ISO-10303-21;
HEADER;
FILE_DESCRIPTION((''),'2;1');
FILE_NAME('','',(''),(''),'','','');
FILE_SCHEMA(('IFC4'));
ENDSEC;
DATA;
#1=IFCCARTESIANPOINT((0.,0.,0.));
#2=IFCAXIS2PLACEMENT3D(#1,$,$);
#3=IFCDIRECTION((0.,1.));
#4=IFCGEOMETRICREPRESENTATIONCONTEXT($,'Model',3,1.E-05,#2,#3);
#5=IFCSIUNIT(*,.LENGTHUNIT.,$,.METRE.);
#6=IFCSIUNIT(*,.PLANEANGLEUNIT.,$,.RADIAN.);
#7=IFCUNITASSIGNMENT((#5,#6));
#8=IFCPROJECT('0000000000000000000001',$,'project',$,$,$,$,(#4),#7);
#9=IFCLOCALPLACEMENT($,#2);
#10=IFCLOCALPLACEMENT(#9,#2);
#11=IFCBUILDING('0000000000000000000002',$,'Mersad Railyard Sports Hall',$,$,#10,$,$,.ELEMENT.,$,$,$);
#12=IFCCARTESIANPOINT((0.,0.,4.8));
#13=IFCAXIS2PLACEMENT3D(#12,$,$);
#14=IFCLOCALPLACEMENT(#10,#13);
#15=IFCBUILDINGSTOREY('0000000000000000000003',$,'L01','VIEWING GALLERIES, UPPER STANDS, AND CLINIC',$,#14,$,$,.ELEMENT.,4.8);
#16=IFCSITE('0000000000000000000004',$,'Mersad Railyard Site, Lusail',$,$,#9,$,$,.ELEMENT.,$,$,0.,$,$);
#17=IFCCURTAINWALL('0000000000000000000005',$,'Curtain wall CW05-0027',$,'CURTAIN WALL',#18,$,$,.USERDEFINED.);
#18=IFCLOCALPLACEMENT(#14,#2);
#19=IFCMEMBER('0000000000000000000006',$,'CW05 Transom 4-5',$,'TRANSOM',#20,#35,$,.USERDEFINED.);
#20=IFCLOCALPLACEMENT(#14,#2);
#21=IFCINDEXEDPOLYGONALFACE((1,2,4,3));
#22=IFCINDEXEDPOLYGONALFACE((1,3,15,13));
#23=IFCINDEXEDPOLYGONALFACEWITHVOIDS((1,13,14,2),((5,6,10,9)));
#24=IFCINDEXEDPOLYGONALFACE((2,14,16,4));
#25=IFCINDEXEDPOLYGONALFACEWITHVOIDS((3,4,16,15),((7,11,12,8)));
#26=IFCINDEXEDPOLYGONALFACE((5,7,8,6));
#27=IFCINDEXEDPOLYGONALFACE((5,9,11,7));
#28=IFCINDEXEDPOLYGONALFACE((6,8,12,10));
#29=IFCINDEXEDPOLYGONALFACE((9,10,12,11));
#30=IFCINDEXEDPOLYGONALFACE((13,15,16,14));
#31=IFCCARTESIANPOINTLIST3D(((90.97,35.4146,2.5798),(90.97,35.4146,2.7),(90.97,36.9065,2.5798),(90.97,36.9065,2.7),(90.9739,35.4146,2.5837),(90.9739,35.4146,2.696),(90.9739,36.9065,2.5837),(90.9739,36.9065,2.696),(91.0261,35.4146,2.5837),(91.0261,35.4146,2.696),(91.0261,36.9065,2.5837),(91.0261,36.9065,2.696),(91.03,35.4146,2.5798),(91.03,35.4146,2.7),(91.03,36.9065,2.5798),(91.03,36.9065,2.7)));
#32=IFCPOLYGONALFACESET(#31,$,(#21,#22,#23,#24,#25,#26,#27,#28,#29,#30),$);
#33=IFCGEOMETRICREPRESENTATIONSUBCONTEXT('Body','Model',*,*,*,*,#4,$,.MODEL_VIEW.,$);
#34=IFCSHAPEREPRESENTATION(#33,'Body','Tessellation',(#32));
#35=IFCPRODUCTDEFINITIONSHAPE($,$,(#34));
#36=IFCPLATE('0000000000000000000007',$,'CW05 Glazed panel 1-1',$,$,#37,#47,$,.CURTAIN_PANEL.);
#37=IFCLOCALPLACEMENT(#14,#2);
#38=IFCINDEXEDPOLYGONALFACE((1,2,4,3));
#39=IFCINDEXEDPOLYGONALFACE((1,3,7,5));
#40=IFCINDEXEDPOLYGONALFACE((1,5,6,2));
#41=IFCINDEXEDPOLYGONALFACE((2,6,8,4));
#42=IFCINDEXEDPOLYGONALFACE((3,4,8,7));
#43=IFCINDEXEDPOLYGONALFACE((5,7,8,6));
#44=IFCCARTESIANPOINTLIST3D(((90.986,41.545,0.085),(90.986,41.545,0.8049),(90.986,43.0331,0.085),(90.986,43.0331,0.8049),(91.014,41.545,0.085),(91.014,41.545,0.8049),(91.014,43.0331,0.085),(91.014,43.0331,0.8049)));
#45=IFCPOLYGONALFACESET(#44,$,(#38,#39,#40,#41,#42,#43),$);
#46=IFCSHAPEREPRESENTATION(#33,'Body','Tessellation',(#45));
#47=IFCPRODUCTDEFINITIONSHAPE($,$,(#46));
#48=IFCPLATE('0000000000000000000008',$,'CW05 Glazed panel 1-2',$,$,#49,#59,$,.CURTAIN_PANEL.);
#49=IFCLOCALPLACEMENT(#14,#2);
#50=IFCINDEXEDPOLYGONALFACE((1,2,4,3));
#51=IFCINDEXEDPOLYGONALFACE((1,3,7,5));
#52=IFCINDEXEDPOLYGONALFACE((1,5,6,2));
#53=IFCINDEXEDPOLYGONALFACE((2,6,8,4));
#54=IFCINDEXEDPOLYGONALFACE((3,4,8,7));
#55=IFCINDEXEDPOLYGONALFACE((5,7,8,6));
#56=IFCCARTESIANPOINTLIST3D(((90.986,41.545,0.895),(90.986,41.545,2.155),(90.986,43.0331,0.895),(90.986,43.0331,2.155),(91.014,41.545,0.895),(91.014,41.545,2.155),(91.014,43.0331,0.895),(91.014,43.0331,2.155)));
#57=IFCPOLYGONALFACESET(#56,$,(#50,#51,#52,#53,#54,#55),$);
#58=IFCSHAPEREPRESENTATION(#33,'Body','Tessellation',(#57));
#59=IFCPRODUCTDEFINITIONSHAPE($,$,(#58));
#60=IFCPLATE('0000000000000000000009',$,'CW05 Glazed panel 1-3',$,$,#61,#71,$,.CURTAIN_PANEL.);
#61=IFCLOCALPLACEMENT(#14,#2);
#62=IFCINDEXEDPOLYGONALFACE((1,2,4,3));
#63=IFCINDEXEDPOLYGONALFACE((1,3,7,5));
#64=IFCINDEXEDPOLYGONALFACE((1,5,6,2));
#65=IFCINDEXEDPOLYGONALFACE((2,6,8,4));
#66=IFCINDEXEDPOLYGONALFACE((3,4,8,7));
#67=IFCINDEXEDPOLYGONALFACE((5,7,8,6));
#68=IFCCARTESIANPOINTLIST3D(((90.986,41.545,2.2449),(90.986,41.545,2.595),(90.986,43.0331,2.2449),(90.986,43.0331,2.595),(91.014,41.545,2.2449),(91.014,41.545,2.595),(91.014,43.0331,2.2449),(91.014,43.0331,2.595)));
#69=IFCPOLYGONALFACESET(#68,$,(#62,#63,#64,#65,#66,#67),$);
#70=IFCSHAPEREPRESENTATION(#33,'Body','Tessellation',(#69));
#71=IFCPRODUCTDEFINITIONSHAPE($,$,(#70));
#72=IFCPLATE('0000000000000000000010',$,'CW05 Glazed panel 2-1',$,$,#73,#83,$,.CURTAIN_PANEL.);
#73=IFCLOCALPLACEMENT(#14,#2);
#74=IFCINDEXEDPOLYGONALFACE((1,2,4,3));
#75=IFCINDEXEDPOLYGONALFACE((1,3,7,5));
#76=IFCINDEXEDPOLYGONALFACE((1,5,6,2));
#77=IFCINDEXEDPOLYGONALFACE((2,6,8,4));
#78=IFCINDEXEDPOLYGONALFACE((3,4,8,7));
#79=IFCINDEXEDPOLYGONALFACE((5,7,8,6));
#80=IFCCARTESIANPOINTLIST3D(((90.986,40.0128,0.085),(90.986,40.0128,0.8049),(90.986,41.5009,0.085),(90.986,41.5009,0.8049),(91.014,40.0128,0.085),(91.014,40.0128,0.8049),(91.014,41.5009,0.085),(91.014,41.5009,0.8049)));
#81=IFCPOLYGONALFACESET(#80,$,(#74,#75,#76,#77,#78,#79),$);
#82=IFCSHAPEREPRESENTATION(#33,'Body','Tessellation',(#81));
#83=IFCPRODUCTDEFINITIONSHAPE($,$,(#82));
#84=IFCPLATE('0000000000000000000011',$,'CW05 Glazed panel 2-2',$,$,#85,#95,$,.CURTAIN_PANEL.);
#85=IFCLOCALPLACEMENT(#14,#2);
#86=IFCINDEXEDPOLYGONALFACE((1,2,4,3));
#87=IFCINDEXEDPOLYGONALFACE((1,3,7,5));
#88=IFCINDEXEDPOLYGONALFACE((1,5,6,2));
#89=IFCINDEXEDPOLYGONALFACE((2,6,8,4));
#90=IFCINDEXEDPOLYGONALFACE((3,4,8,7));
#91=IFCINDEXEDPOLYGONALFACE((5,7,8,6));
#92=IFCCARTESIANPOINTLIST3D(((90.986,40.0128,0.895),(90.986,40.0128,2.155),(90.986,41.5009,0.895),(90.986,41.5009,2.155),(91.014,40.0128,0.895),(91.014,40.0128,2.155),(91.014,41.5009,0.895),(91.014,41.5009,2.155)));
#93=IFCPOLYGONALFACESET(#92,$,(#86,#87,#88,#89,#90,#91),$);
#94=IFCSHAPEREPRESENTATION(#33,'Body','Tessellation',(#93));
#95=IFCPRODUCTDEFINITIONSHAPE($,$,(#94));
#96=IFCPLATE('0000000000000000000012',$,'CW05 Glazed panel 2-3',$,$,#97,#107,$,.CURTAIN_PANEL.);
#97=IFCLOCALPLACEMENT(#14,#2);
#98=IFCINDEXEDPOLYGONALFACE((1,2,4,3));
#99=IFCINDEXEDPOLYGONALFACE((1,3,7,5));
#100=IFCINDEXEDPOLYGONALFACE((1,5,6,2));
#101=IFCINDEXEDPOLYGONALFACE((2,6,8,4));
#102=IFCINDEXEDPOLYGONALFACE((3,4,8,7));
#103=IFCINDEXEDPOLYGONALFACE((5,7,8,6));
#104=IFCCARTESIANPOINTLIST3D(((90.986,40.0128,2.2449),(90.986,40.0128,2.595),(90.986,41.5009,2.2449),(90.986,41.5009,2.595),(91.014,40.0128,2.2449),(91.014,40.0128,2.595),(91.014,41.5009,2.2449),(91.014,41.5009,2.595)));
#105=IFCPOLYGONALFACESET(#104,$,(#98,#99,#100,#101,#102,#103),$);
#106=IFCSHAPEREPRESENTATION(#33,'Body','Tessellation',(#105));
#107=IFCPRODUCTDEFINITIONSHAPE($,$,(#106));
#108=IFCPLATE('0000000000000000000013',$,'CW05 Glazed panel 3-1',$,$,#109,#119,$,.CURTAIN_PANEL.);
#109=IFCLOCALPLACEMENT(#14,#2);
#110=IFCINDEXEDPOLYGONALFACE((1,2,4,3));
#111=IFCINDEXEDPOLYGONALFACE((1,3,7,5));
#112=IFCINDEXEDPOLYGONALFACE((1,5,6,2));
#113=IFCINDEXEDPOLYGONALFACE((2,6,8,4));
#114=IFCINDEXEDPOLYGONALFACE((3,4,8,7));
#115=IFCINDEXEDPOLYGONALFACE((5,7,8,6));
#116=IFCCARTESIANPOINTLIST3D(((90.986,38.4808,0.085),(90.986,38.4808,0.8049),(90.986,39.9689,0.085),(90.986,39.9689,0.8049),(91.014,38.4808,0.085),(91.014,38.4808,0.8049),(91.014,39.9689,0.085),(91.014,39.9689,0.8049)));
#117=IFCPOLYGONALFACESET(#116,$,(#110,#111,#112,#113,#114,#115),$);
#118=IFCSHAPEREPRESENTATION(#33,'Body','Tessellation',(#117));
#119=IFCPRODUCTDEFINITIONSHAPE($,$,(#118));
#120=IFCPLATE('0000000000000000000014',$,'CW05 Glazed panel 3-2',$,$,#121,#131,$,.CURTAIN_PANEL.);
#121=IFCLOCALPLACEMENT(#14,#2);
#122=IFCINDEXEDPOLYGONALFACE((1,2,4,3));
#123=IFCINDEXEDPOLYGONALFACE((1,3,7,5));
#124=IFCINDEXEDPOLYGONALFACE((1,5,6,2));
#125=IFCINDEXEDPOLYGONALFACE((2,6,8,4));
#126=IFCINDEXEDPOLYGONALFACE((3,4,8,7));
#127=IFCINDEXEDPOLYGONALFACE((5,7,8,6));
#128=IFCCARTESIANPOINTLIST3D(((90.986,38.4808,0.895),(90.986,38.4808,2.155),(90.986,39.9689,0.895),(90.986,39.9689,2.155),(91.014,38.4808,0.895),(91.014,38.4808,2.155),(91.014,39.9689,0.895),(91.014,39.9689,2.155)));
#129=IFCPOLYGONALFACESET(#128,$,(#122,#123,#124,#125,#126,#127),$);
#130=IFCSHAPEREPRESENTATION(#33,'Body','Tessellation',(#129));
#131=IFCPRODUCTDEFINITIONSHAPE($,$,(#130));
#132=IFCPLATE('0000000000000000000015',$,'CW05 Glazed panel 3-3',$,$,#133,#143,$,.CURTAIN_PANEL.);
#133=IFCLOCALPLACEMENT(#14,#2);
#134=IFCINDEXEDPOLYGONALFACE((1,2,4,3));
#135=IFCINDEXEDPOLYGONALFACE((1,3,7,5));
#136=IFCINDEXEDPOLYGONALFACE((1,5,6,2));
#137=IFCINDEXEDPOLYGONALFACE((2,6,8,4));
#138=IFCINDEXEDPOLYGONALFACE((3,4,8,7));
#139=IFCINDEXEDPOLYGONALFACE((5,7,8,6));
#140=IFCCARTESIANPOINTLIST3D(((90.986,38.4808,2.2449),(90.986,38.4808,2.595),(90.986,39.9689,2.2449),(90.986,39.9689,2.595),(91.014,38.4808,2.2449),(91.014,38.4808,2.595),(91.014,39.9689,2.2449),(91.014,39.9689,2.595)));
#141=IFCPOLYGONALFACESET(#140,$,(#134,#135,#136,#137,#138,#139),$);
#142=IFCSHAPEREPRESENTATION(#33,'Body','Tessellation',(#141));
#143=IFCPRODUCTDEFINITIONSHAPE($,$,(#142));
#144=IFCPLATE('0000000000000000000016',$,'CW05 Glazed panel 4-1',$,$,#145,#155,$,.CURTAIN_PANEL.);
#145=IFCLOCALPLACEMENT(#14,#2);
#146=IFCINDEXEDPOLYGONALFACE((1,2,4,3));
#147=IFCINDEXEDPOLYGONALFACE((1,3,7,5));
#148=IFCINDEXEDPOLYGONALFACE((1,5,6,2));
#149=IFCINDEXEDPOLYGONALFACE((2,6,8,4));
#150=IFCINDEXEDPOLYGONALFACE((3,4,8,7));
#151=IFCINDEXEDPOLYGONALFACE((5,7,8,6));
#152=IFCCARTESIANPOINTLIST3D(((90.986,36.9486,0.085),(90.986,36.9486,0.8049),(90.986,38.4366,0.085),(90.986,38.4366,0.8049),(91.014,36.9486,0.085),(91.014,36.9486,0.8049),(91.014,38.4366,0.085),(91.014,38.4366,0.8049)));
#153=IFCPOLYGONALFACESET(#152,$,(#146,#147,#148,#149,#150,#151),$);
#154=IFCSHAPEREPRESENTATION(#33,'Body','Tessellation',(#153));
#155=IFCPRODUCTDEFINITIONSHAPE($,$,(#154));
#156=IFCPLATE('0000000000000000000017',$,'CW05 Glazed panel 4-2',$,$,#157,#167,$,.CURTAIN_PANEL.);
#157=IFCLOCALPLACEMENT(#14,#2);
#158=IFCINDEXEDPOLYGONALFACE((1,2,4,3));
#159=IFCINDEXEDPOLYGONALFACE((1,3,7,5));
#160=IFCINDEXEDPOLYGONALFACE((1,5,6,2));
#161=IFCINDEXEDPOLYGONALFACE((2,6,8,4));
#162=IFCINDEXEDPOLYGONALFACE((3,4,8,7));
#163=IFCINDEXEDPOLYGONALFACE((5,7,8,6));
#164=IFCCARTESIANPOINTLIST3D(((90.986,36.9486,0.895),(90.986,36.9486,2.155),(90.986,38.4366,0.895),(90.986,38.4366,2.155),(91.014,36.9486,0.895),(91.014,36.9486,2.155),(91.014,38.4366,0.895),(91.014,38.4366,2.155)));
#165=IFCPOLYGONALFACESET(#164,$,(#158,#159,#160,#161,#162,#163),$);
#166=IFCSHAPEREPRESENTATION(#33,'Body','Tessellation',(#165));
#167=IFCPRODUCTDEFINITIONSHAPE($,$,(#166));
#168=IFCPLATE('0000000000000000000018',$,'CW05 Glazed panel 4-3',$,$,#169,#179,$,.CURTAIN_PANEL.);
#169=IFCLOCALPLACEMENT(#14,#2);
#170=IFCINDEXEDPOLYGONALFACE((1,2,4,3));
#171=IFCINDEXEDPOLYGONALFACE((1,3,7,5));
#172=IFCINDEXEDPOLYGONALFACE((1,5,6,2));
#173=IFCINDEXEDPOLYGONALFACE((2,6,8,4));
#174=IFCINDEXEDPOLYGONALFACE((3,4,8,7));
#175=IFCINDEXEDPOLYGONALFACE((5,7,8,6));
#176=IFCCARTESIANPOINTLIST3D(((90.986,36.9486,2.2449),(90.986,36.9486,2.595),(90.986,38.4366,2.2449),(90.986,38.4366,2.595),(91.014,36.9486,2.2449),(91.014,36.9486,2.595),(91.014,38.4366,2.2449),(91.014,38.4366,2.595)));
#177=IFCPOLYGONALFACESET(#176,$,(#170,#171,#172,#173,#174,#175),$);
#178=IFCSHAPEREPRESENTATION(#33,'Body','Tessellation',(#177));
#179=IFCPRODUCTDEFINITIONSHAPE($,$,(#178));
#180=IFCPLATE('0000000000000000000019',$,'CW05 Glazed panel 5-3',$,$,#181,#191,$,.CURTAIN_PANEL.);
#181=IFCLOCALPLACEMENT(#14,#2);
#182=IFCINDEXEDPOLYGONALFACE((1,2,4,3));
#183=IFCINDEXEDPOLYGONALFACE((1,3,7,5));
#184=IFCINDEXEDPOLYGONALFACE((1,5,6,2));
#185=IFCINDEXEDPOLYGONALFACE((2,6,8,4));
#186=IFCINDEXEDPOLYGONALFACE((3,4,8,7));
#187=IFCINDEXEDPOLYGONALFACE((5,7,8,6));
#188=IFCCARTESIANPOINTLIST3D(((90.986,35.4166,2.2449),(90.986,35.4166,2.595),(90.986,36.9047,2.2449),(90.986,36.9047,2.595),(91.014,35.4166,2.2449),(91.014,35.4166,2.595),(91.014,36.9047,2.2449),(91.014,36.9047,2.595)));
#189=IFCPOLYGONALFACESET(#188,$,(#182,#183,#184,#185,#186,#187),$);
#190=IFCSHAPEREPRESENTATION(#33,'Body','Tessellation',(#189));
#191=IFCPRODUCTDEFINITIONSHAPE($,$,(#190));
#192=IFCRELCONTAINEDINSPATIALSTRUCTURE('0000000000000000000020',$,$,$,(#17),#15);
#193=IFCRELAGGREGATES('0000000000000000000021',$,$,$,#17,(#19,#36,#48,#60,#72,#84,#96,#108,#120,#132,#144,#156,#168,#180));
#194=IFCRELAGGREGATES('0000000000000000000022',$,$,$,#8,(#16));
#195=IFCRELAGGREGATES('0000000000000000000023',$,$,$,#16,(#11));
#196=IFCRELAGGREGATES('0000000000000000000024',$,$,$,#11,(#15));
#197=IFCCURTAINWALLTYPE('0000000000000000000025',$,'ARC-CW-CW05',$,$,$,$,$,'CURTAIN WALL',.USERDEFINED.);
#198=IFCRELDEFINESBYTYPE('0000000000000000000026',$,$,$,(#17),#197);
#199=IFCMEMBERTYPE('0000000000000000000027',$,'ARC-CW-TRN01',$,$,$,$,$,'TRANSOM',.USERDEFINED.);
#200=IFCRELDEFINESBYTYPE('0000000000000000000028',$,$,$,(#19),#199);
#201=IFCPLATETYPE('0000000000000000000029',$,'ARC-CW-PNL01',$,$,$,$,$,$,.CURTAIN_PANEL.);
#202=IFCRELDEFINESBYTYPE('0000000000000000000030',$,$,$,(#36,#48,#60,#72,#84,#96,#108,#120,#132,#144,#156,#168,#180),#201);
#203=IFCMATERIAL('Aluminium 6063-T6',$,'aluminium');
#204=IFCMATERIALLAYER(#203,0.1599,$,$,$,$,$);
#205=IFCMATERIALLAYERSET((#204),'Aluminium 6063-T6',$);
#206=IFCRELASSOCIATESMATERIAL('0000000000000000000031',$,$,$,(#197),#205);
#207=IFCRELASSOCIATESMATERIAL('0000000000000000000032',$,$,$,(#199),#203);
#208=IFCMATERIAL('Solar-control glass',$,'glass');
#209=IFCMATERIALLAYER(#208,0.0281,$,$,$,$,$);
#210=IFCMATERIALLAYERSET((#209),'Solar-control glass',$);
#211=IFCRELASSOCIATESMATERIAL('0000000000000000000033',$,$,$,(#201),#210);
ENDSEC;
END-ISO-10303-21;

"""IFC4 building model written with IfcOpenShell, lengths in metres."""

from ifc_helpers import new_model, si_unit, direction, frame, origin, origin_2d, place, context, subcontext, project, spatial, rectangle, hollow_rectangle, extrude, material, layer, layer_set, material_profile, profile_set, type_object, element, aggregate, save


model = new_model("IFC4")

# Units and contexts
model_context = context("Model", 3, precision=1e-05, world=origin(), true_north=direction((0.0, 1.0)))
body_context = subcontext(model_context, "Body", "Model", "MODEL_VIEW")
ifc_project = project(units=[si_unit("LENGTHUNIT", "METRE"), si_unit("PLANEANGLEUNIT", "RADIAN")], contexts=[model_context])

# Site, building, storey
site_placement = place(None, origin())
site = spatial("IfcSite", under=ifc_project, at=site_placement, Name="Mersad Railyard Site, Lusail", CompositionType="ELEMENT", RefElevation=0.0)
building_placement = place(site_placement, origin())
building = spatial("IfcBuilding", under=site, at=building_placement, Name="Mersad Railyard Sports Hall", CompositionType="ELEMENT")
storey_placement = place(building_placement, frame((0.0, 0.0, 4.8)))
storey = spatial("IfcBuildingStorey", under=building, at=storey_placement, Name="L01", Description="VIEWING GALLERIES, UPPER STANDS, AND CLINIC", CompositionType="ELEMENT", Elevation=4.8)

# Curtain wall, member, plates
ifc_material_1 = material(Name="Aluminium 6063-T6", Category="aluminium")
ifc_layer_1 = layer(ifc_material_1, 0.1599)
ifc_layer_set_1 = layer_set([ifc_layer_1], Name="Aluminium 6063-T6")
curtain_wall_type = type_object("IfcCurtainWallType", Name="ARC-CW-CW05", ElementType="CURTAIN WALL", PredefinedType="USERDEFINED", material=ifc_layer_set_1)
curtain_wall_placement = place(storey_placement, origin())
curtain_wall = element("IfcCurtainWall", 1, at=curtain_wall_placement, inside=storey, type_object=curtain_wall_type, Name="Curtain wall CW05-0027", ObjectType="CURTAIN WALL", PredefinedType="USERDEFINED")
ifc_material_profile_1 = material_profile(ifc_material_1, hollow_rectangle(XDim=0.0601, YDim=0.1201, WallThickness=0.0039, at=origin_2d()), Name="AL TRANSOM 60x120x4")
ifc_profile_set_1 = profile_set([ifc_material_profile_1], Name="Aluminium 6063-T6")
member_type_1 = type_object("IfcMemberType", Name="ARC-CW-TRN01", ElementType="TRANSOM", PredefinedType="USERDEFINED", material=ifc_profile_set_1)
member_1_placement = place(storey_placement, frame((91.0, 36.9065, 2.6399), z_axis=(0.0, -1.0, 0.0), x_axis=(1.0, 0.0, 0.0)))
member_1 = element("IfcMember", 2, at=member_1_placement, type_object=member_type_1, Name="CW05 Transom 4-5", ObjectType="TRANSOM", PredefinedType="USERDEFINED", context=body_context, shape_type="SweptSolid", body=[
    extrude(hollow_rectangle(XDim=0.0601, YDim=0.1201, WallThickness=0.0039, at=origin_2d()), origin(), (0.0, 0.0, 1.0), 1.4919),
])
ifc_material_2 = material(Name="Solar-control glass", Category="glass")
ifc_layer_2 = layer(ifc_material_2, 0.0281)
ifc_layer_set_2 = layer_set([ifc_layer_2], Name="Solar-control glass")
plate_type = type_object("IfcPlateType", Name="ARC-CW-PNL01", PredefinedType="CURTAIN_PANEL", material=ifc_layer_set_2)
plate_1_placement = place(storey_placement, frame((91.0, 42.2891, 0.085), z_axis=(0.0, 0.0, 1.0), x_axis=(0.0, -1.0, 0.0)))
plate_1 = element("IfcPlate", 3, at=plate_1_placement, type_object=plate_type, Name="CW05 Glazed panel 1-1", PredefinedType="CURTAIN_PANEL", context=body_context, shape_type="SweptSolid", body=[
    extrude(rectangle(XDim=1.488, YDim=0.0281, at=origin_2d()), origin(), (0.0, 0.0, 1.0), 0.72),
])
plate_2_placement = place(storey_placement, frame((91.0, 42.2891, 0.895), z_axis=(0.0, 0.0, 1.0), x_axis=(0.0, -1.0, 0.0)))
plate_2 = element("IfcPlate", 4, at=plate_2_placement, type_object=plate_type, Name="CW05 Glazed panel 1-2", PredefinedType="CURTAIN_PANEL", context=body_context, shape_type="SweptSolid", body=[
    extrude(rectangle(XDim=1.488, YDim=0.0281, at=origin_2d()), origin(), (0.0, 0.0, 1.0), 1.26),
])
plate_3_placement = place(storey_placement, frame((91.0, 42.2891, 2.2449), z_axis=(0.0, 0.0, 1.0), x_axis=(0.0, -1.0, 0.0)))
plate_3 = element("IfcPlate", 5, at=plate_3_placement, type_object=plate_type, Name="CW05 Glazed panel 1-3", PredefinedType="CURTAIN_PANEL", context=body_context, shape_type="SweptSolid", body=[
    extrude(rectangle(XDim=1.488, YDim=0.0281, at=origin_2d()), origin(), (0.0, 0.0, 1.0), 0.3501),
])
plate_4_placement = place(storey_placement, frame((91.0, 40.7568, 0.085), z_axis=(0.0, 0.0, 1.0), x_axis=(0.0, -1.0, 0.0)))
plate_4 = element("IfcPlate", 6, at=plate_4_placement, type_object=plate_type, Name="CW05 Glazed panel 2-1", PredefinedType="CURTAIN_PANEL", context=body_context, shape_type="SweptSolid", body=[
    extrude(rectangle(XDim=1.488, YDim=0.0281, at=origin_2d()), origin(), (0.0, 0.0, 1.0), 0.72),
])
plate_5_placement = place(storey_placement, frame((91.0, 40.7568, 0.895), z_axis=(0.0, 0.0, 1.0), x_axis=(0.0, -1.0, 0.0)))
plate_5 = element("IfcPlate", 7, at=plate_5_placement, type_object=plate_type, Name="CW05 Glazed panel 2-2", PredefinedType="CURTAIN_PANEL", context=body_context, shape_type="SweptSolid", body=[
    extrude(rectangle(XDim=1.488, YDim=0.0281, at=origin_2d()), origin(), (0.0, 0.0, 1.0), 1.26),
])
plate_6_placement = place(storey_placement, frame((91.0, 40.7568, 2.2449), z_axis=(0.0, 0.0, 1.0), x_axis=(0.0, -1.0, 0.0)))
plate_6 = element("IfcPlate", 8, at=plate_6_placement, type_object=plate_type, Name="CW05 Glazed panel 2-3", PredefinedType="CURTAIN_PANEL", context=body_context, shape_type="SweptSolid", body=[
    extrude(rectangle(XDim=1.488, YDim=0.0281, at=origin_2d()), origin(), (0.0, 0.0, 1.0), 0.3501),
])
plate_7_placement = place(storey_placement, frame((91.0, 39.2249, 0.085), z_axis=(0.0, 0.0, 1.0), x_axis=(0.0, -1.0, 0.0)))
plate_7 = element("IfcPlate", 9, at=plate_7_placement, type_object=plate_type, Name="CW05 Glazed panel 3-1", PredefinedType="CURTAIN_PANEL", context=body_context, shape_type="SweptSolid", body=[
    extrude(rectangle(XDim=1.488, YDim=0.0281, at=origin_2d()), origin(), (0.0, 0.0, 1.0), 0.72),
])
plate_8_placement = place(storey_placement, frame((91.0, 39.2249, 0.895), z_axis=(0.0, 0.0, 1.0), x_axis=(0.0, -1.0, 0.0)))
plate_8 = element("IfcPlate", 10, at=plate_8_placement, type_object=plate_type, Name="CW05 Glazed panel 3-2", PredefinedType="CURTAIN_PANEL", context=body_context, shape_type="SweptSolid", body=[
    extrude(rectangle(XDim=1.488, YDim=0.0281, at=origin_2d()), origin(), (0.0, 0.0, 1.0), 1.26),
])
plate_9_placement = place(storey_placement, frame((91.0, 39.2249, 2.2449), z_axis=(0.0, 0.0, 1.0), x_axis=(0.0, -1.0, 0.0)))
plate_9 = element("IfcPlate", 11, at=plate_9_placement, type_object=plate_type, Name="CW05 Glazed panel 3-3", PredefinedType="CURTAIN_PANEL", context=body_context, shape_type="SweptSolid", body=[
    extrude(rectangle(XDim=1.488, YDim=0.0281, at=origin_2d()), origin(), (0.0, 0.0, 1.0), 0.3501),
])
plate_10_placement = place(storey_placement, frame((91.0, 37.6926, 0.085), z_axis=(0.0, 0.0, 1.0), x_axis=(0.0, -1.0, 0.0)))
plate_10 = element("IfcPlate", 12, at=plate_10_placement, type_object=plate_type, Name="CW05 Glazed panel 4-1", PredefinedType="CURTAIN_PANEL", context=body_context, shape_type="SweptSolid", body=[
    extrude(rectangle(XDim=1.488, YDim=0.0281, at=origin_2d()), origin(), (0.0, 0.0, 1.0), 0.72),
])
plate_11_placement = place(storey_placement, frame((91.0, 37.6926, 0.895), z_axis=(0.0, 0.0, 1.0), x_axis=(0.0, -1.0, 0.0)))
plate_11 = element("IfcPlate", 13, at=plate_11_placement, type_object=plate_type, Name="CW05 Glazed panel 4-2", PredefinedType="CURTAIN_PANEL", context=body_context, shape_type="SweptSolid", body=[
    extrude(rectangle(XDim=1.488, YDim=0.0281, at=origin_2d()), origin(), (0.0, 0.0, 1.0), 1.26),
])
plate_12_placement = place(storey_placement, frame((91.0, 37.6926, 2.2449), z_axis=(0.0, 0.0, 1.0), x_axis=(0.0, -1.0, 0.0)))
plate_12 = element("IfcPlate", 14, at=plate_12_placement, type_object=plate_type, Name="CW05 Glazed panel 4-3", PredefinedType="CURTAIN_PANEL", context=body_context, shape_type="SweptSolid", body=[
    extrude(rectangle(XDim=1.488, YDim=0.0281, at=origin_2d()), origin(), (0.0, 0.0, 1.0), 0.3501),
])
plate_13_placement = place(storey_placement, frame((91.0, 36.1606, 2.2449), z_axis=(0.0, 0.0, 1.0), x_axis=(0.0, -1.0, 0.0)))
plate_13 = element("IfcPlate", 15, at=plate_13_placement, type_object=plate_type, Name="CW05 Glazed panel 5-3", PredefinedType="CURTAIN_PANEL", context=body_context, shape_type="SweptSolid", body=[
    extrude(rectangle(XDim=1.488, YDim=0.0281, at=origin_2d()), origin(), (0.0, 0.0, 1.0), 0.3501),
])
aggregate(curtain_wall, [member_1, plate_1, plate_2, plate_3, plate_4, plate_5, plate_6, plate_7, plate_8, plate_9, plate_10, plate_11, plate_12, plate_13])

save(model, "model.ifc")
